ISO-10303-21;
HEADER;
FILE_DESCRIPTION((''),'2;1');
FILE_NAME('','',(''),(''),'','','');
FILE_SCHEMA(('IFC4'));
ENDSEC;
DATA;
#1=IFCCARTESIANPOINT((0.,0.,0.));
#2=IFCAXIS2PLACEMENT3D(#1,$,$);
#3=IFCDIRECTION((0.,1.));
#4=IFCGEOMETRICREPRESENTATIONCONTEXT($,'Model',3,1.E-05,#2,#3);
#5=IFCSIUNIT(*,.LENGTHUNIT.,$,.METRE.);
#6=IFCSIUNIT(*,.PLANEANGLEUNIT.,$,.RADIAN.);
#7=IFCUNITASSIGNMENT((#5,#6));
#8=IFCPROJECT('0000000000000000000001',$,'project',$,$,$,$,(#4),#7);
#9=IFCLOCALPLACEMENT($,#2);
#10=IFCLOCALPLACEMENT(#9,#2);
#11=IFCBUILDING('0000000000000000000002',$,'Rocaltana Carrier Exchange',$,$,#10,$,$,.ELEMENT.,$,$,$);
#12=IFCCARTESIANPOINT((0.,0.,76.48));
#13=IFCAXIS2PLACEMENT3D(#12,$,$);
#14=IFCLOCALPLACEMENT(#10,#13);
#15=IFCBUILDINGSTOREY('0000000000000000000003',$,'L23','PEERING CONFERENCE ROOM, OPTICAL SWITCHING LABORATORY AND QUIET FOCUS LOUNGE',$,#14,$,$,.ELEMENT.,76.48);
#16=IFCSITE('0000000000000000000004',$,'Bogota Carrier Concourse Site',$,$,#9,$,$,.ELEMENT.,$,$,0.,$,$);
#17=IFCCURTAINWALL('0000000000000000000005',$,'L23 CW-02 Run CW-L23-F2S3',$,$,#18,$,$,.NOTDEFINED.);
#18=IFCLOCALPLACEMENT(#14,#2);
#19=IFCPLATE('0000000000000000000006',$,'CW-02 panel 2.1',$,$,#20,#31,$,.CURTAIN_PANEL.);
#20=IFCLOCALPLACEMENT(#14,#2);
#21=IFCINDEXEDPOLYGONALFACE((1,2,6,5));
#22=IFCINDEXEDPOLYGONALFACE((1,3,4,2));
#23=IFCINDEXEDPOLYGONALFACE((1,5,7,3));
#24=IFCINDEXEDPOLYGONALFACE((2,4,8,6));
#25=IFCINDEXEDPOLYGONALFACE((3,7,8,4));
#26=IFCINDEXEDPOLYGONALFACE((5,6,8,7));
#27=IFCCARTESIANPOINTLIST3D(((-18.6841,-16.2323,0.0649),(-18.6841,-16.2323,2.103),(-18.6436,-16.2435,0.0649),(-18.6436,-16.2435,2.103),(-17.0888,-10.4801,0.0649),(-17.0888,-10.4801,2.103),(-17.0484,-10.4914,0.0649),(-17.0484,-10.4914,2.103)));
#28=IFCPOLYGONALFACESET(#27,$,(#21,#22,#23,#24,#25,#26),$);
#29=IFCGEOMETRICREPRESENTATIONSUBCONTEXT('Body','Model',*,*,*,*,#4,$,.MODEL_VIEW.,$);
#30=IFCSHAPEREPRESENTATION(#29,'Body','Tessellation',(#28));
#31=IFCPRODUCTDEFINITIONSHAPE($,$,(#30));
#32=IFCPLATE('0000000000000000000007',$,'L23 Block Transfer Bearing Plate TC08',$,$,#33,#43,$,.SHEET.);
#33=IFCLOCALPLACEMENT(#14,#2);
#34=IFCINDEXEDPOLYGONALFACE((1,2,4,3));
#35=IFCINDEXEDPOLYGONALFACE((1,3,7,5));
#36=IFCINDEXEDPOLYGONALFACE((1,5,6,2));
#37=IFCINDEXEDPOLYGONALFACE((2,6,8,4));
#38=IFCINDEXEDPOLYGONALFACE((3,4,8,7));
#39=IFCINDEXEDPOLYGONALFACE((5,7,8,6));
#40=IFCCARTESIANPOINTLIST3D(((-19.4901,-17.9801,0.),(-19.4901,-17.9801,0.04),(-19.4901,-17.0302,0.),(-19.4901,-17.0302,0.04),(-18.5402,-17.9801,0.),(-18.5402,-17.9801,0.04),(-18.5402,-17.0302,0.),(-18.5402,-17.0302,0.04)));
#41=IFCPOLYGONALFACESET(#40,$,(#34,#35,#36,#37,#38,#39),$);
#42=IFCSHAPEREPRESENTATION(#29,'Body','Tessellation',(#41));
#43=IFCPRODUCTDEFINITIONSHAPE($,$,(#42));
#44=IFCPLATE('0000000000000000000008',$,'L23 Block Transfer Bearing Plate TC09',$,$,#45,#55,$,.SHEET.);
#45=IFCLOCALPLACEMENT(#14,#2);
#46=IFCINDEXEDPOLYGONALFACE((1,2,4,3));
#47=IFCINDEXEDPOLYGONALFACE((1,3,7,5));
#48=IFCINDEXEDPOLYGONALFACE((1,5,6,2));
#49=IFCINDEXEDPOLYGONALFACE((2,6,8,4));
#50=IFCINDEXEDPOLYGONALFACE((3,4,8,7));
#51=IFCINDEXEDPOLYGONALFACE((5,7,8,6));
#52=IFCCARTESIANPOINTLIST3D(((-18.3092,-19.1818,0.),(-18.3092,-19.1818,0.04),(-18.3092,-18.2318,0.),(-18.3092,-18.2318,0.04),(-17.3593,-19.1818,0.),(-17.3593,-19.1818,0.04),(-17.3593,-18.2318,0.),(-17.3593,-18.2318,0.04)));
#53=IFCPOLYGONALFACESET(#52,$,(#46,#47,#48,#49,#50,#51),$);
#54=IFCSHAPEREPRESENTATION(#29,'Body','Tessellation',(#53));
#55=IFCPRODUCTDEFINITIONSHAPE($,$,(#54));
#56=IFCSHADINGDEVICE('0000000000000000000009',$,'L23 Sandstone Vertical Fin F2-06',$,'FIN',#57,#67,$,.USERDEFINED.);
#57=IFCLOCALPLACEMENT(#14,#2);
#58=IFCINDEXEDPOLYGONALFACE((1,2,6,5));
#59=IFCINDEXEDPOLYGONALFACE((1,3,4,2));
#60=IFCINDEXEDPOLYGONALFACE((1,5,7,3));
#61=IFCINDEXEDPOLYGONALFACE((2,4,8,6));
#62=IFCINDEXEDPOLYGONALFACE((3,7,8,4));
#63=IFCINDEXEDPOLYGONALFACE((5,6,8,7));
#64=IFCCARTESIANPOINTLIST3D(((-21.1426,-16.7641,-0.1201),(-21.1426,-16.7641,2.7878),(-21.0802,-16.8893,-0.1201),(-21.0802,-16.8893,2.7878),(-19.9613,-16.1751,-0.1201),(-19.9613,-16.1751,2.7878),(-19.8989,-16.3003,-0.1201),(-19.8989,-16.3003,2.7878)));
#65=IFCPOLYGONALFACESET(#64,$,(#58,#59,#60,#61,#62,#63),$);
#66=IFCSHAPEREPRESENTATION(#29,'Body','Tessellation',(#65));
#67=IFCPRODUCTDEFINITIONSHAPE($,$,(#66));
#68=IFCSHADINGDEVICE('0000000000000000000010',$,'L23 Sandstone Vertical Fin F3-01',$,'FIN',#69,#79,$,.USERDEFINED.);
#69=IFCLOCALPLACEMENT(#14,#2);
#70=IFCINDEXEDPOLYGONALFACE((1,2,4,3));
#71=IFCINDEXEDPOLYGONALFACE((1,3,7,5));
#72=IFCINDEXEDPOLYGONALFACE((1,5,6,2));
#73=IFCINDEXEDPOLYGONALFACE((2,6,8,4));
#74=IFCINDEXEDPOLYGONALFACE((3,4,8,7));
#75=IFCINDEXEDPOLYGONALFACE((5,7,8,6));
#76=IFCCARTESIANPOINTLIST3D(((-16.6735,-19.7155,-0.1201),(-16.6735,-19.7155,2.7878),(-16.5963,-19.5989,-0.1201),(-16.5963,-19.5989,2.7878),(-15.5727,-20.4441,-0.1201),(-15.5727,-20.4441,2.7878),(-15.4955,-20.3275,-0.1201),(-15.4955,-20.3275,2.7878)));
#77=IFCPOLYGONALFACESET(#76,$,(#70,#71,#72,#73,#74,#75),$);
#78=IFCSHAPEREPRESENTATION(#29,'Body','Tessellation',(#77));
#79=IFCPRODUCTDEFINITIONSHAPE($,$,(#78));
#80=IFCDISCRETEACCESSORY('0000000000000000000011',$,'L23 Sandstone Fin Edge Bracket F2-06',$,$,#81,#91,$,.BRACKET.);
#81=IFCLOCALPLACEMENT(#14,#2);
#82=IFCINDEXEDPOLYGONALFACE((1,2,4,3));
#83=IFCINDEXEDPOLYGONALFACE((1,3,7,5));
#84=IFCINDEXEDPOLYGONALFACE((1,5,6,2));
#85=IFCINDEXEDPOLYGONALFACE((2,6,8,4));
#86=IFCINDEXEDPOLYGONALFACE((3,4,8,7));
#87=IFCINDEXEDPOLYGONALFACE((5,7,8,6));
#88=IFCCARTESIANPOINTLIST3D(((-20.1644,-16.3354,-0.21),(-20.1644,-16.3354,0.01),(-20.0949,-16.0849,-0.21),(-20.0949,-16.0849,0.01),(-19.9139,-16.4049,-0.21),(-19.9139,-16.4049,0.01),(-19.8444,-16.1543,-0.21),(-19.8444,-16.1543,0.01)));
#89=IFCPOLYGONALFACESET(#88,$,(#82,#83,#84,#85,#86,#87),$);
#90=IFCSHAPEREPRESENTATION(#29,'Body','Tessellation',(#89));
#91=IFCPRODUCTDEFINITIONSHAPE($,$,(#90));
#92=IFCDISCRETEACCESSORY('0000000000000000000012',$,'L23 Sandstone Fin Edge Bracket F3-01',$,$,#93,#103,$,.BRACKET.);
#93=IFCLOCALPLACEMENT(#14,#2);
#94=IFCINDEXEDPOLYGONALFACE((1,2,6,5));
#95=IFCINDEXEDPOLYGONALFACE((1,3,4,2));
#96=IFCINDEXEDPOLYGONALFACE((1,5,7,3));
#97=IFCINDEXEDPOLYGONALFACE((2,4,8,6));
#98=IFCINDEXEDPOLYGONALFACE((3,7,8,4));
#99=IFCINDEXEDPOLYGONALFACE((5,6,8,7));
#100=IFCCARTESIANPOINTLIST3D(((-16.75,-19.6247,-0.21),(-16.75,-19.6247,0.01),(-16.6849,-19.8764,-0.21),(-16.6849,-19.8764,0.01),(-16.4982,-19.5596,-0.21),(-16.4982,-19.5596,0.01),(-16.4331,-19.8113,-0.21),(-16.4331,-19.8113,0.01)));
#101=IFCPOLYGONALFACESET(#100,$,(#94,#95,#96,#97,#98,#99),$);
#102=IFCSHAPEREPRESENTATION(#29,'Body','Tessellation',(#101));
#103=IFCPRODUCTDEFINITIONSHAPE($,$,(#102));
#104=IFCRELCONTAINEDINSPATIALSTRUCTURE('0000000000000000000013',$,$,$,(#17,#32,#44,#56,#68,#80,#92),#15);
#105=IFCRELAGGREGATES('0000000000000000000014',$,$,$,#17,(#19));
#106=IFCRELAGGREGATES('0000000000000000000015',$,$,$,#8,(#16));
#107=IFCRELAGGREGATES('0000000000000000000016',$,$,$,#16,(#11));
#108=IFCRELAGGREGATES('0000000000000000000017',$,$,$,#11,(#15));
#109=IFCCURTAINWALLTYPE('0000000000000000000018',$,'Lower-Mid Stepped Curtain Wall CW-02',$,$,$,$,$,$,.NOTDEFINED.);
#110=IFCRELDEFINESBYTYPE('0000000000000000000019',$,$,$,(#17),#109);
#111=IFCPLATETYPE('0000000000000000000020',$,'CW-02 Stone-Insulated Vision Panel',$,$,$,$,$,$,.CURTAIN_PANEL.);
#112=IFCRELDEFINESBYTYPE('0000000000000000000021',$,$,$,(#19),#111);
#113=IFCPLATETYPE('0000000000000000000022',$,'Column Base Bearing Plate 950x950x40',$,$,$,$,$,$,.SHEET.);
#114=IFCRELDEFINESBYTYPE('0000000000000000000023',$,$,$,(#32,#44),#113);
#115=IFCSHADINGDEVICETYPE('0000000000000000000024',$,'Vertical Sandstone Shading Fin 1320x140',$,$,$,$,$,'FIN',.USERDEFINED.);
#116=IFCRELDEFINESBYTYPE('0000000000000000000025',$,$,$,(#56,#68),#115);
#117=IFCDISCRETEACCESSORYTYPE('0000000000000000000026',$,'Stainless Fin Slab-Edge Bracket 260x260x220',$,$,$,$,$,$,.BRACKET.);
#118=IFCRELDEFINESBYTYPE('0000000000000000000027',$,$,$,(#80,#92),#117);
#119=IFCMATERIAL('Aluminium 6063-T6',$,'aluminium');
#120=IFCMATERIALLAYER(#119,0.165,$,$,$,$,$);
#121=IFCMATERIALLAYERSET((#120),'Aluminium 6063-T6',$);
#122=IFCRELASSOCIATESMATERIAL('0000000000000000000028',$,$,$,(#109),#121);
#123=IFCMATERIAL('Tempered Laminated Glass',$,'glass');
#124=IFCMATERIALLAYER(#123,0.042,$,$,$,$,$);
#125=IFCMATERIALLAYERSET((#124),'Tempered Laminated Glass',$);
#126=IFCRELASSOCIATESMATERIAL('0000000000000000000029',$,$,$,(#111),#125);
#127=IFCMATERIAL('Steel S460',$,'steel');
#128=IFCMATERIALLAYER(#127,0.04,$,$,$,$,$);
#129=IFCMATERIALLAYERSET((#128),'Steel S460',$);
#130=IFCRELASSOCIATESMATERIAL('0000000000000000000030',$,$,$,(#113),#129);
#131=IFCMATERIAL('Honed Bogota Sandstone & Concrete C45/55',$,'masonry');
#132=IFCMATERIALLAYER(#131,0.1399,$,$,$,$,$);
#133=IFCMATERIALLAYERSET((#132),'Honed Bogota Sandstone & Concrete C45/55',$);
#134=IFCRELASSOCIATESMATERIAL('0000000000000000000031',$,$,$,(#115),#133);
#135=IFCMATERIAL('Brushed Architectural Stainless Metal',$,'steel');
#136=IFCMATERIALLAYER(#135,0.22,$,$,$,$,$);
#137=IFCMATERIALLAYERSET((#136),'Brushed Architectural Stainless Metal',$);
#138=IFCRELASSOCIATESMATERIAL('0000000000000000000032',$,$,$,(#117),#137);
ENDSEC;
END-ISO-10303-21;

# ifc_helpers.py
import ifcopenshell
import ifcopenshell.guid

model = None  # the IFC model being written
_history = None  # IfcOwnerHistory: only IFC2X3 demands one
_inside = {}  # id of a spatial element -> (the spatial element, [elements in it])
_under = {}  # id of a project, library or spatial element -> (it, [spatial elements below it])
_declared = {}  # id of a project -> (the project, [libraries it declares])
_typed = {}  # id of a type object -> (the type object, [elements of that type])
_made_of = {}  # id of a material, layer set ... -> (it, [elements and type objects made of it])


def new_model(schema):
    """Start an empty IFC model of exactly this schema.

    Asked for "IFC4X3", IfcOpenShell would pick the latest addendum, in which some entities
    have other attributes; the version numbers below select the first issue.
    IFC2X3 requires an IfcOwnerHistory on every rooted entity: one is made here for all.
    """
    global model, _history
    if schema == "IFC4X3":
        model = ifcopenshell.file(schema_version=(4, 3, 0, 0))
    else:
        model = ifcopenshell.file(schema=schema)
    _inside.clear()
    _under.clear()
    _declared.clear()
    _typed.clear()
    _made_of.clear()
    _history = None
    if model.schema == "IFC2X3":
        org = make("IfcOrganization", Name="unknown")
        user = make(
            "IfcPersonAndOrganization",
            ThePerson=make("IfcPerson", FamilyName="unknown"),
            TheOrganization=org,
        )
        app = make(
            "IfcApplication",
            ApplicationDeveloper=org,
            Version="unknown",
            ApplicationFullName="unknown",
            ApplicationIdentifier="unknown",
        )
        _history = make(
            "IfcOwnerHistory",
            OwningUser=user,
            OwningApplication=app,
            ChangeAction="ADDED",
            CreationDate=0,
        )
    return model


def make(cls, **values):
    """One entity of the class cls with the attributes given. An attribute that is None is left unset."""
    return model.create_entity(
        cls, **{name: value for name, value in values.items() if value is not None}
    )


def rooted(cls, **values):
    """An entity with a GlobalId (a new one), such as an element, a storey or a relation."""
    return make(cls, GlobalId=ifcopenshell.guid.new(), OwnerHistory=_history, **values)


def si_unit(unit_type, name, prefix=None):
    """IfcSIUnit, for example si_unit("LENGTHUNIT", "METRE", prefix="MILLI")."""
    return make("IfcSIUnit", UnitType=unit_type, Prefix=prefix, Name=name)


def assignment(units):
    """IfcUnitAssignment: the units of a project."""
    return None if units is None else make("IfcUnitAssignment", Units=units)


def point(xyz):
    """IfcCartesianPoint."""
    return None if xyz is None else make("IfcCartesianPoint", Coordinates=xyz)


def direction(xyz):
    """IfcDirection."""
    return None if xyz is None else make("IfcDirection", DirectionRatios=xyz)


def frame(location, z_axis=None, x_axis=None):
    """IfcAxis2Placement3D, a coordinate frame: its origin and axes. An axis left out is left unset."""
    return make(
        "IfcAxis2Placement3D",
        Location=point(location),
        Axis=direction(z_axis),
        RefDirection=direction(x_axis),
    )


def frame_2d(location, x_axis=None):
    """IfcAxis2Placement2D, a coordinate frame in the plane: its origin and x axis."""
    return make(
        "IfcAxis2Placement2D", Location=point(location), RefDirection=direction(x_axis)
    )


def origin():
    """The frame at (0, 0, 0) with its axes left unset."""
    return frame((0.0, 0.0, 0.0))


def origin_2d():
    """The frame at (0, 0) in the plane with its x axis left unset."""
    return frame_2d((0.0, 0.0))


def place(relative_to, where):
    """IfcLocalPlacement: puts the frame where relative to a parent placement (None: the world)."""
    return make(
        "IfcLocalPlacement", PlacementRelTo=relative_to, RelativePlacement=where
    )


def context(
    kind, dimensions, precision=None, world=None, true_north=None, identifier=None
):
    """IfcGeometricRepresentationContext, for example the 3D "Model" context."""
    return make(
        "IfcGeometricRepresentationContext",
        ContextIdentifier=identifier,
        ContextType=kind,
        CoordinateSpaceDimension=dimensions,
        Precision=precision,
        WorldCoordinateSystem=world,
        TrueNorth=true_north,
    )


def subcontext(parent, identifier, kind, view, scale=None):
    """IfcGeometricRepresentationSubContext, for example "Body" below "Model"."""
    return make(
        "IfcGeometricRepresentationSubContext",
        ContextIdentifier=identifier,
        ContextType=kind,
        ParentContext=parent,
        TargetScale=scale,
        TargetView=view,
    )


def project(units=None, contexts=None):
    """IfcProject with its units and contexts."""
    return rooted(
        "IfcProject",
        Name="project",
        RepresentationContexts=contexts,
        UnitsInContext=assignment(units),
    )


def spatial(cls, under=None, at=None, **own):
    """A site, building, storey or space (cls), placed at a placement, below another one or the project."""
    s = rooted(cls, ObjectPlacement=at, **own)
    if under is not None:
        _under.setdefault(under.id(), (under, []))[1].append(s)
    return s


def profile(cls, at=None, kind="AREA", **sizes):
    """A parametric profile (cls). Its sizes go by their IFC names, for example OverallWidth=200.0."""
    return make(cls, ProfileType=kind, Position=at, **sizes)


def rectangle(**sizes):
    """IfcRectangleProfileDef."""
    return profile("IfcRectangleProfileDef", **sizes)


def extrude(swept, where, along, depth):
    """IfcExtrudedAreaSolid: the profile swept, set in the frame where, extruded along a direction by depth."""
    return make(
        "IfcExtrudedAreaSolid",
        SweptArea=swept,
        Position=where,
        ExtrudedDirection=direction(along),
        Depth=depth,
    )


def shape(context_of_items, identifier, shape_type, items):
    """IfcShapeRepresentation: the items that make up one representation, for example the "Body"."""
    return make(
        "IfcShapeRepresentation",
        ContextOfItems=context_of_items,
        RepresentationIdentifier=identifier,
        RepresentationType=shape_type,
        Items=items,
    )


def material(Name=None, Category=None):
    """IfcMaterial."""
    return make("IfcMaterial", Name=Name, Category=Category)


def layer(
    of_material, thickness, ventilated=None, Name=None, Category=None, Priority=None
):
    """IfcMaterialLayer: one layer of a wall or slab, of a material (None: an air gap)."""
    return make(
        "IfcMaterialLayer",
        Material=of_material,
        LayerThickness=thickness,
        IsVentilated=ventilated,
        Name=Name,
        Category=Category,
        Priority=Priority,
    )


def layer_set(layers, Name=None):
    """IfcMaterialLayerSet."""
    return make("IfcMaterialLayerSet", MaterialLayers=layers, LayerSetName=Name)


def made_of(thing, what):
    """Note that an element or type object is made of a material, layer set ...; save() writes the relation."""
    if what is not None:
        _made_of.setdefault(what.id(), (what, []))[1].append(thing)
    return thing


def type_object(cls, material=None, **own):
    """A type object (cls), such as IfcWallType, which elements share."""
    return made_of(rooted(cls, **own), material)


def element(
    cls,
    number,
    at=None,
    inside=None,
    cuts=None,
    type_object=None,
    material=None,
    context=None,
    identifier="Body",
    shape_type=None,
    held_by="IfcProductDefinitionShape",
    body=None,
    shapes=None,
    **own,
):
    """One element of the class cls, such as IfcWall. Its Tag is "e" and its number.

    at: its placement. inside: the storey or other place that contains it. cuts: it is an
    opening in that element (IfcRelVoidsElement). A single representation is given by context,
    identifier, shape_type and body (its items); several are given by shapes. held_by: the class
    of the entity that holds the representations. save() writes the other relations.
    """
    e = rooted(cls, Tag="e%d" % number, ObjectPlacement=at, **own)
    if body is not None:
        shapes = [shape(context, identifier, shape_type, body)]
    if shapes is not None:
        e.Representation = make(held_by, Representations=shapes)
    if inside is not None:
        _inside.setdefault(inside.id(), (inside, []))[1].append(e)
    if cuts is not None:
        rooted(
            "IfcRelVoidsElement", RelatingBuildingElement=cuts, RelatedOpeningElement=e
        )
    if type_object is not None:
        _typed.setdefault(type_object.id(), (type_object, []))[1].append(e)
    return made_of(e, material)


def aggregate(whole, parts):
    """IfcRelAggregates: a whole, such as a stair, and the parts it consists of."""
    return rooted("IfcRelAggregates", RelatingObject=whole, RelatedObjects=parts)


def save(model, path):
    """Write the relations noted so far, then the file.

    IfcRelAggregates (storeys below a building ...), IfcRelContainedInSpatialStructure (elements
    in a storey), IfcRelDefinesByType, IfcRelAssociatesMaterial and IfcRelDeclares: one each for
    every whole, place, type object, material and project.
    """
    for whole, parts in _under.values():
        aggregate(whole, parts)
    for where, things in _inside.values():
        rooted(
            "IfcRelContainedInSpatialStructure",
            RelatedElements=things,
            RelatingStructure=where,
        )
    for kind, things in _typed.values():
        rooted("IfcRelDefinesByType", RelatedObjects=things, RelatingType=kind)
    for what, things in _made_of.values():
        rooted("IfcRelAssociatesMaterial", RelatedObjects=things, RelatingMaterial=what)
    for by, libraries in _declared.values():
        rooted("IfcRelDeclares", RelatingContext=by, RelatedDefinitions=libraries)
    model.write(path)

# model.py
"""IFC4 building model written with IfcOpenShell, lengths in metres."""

from ifc_helpers import new_model, si_unit, direction, frame, origin, origin_2d, place, context, subcontext, project, spatial, rectangle, extrude, material, layer, layer_set, type_object, element, aggregate, save


model = new_model("IFC4")

# Units and contexts
model_context = context("Model", 3, precision=1e-05, world=origin(), true_north=direction((0.0, 1.0)))
body_context = subcontext(model_context, "Body", "Model", "MODEL_VIEW")
ifc_project = project(units=[si_unit("LENGTHUNIT", "METRE"), si_unit("PLANEANGLEUNIT", "RADIAN")], contexts=[model_context])

# Site, building, storey
site_placement = place(None, origin())
site = spatial("IfcSite", under=ifc_project, at=site_placement, Name="Bogota Carrier Concourse Site", CompositionType="ELEMENT", RefElevation=0.0)
building_placement = place(site_placement, origin())
building = spatial("IfcBuilding", under=site, at=building_placement, Name="Rocaltana Carrier Exchange", CompositionType="ELEMENT")
storey_placement = place(building_placement, frame((0.0, 0.0, 76.48)))
storey = spatial("IfcBuildingStorey", under=building, at=storey_placement, Name="L23", Description="PEERING CONFERENCE ROOM, OPTICAL SWITCHING LABORATORY AND QUIET FOCUS LOUNGE", CompositionType="ELEMENT", Elevation=76.48)

# Curtain wall
ifc_material_1 = material(Name="Aluminium 6063-T6", Category="aluminium")
ifc_layer_1 = layer(ifc_material_1, 0.165)
ifc_layer_set_1 = layer_set([ifc_layer_1], Name="Aluminium 6063-T6")
curtain_wall_type = type_object("IfcCurtainWallType", Name="Lower-Mid Stepped Curtain Wall CW-02", PredefinedType="NOTDEFINED", material=ifc_layer_set_1)
curtain_wall_1_placement = place(storey_placement, origin())
curtain_wall_1 = element("IfcCurtainWall", 1, at=curtain_wall_1_placement, inside=storey, type_object=curtain_wall_type, Name="L23 CW-02 Run CW-L23-F2S3", PredefinedType="NOTDEFINED")

# Plate
ifc_material_2 = material(Name="Tempered Laminated Glass", Category="glass")
ifc_layer_2 = layer(ifc_material_2, 0.042)
ifc_layer_set_2 = layer_set([ifc_layer_2], Name="Tempered Laminated Glass")
plate_type_1 = type_object("IfcPlateType", Name="CW-02 Stone-Insulated Vision Panel", PredefinedType="CURTAIN_PANEL", material=ifc_layer_set_2)
plate_placement = place(storey_placement, frame((-17.8662, -13.3618, 0.0649), z_axis=(0.0, 0.0, 1.0), x_axis=(-0.267243, -0.963629, 0.0)))
plate = element("IfcPlate", 2, at=plate_placement, type_object=plate_type_1, Name="CW-02 panel 2.1", PredefinedType="CURTAIN_PANEL", context=body_context, shape_type="SweptSolid", body=[
    extrude(rectangle(XDim=5.9692, YDim=0.042, at=origin_2d()), origin(), (0.0, 0.0, 1.0), 2.0381),
])
aggregate(curtain_wall_1, [plate])

# Plates
ifc_material_3 = material(Name="Steel S460", Category="steel")
ifc_layer_3 = layer(ifc_material_3, 0.04)
ifc_layer_set_3 = layer_set([ifc_layer_3], Name="Steel S460")
plate_type_2 = type_object("IfcPlateType", Name="Column Base Bearing Plate 950x950x40", PredefinedType="SHEET", material=ifc_layer_set_3)
for number, where, z_axis, x_axis, name in (
    (3, (-19.0151, -17.5051, 0.0), (0.0, 0.0, 1.0), (1.0, 0.0, 0.0), "L23 Block Transfer Bearing Plate TC08"),
    (4, (-17.8342, -18.7068, 0.0), (0.0, 0.0, 1.0), (1.0, 0.0, 0.0), "L23 Block Transfer Bearing Plate TC09"),
):
    element("IfcPlate", number, at=place(storey_placement, frame(where, z_axis=z_axis, x_axis=x_axis)), inside=storey, type_object=plate_type_2, Name=name, PredefinedType="SHEET", context=body_context, shape_type="SweptSolid", body=[
        extrude(rectangle(XDim=0.95, YDim=0.95, at=origin_2d()), origin(), (0.0, 0.0, 1.0), 0.04),
    ])

# Shading devices
ifc_material_4 = material(Name="Honed Bogota Sandstone & Concrete C45/55", Category="masonry")
ifc_layer_4 = layer(ifc_material_4, 0.1399)
ifc_layer_set_4 = layer_set([ifc_layer_4], Name="Honed Bogota Sandstone & Concrete C45/55")
shading_device_type = type_object("IfcShadingDeviceType", Name="Vertical Sandstone Shading Fin 1320x140", ElementType="FIN", PredefinedType="USERDEFINED", material=ifc_layer_set_4)
for number, where, z_axis, x_axis, name in (
    (5, (-20.5208, -16.5322, -0.1201), (0.0, 0.0, 1.0), (-0.894934, -0.446198, 0.0), "L23 Sandstone Vertical Fin F2-06"),
    (6, (-16.0845, -20.0215, -0.1201), (0.0, 0.0, 1.0), (0.833886, -0.551937, 0.0), "L23 Sandstone Vertical Fin F3-01"),
):
    element("IfcShadingDevice", number, at=place(storey_placement, frame(where, z_axis=z_axis, x_axis=x_axis)), inside=storey, type_object=shading_device_type, Name=name, ObjectType="FIN", PredefinedType="USERDEFINED", context=body_context, shape_type="SweptSolid", body=[
        extrude(rectangle(XDim=1.3201, YDim=0.1399, at=origin_2d()), origin(), (0.0, 0.0, 1.0), 2.908),
    ])

# Discrete accessories
ifc_material_5 = material(Name="Brushed Architectural Stainless Metal", Category="steel")
ifc_layer_5 = layer(ifc_material_5, 0.22)
ifc_layer_set_5 = layer_set([ifc_layer_5], Name="Brushed Architectural Stainless Metal")
discrete_accessory_type = type_object("IfcDiscreteAccessoryType", Name="Stainless Fin Slab-Edge Bracket 260x260x220", PredefinedType="BRACKET", material=ifc_layer_set_5)
for number, where, z_axis, x_axis, name in (
    (7, (-20.0044, -16.2449, -0.21), (0.0, 0.0, 1.0), (-0.267238, -0.96363, 0.0), "L23 Sandstone Fin Edge Bracket F2-06"),
    (8, (-16.5916, -19.718, -0.21), (0.0, 0.0, 1.0), (0.968148, 0.25038, 0.0), "L23 Sandstone Fin Edge Bracket F3-01"),
):
    element("IfcDiscreteAccessory", number, at=place(storey_placement, frame(where, z_axis=z_axis, x_axis=x_axis)), inside=storey, type_object=discrete_accessory_type, Name=name, PredefinedType="BRACKET", context=body_context, shape_type="SweptSolid", body=[
        extrude(rectangle(XDim=0.26, YDim=0.26, at=origin_2d()), origin(), (0.0, 0.0, 1.0), 0.22),
    ])

save(model, "model.ifc")
